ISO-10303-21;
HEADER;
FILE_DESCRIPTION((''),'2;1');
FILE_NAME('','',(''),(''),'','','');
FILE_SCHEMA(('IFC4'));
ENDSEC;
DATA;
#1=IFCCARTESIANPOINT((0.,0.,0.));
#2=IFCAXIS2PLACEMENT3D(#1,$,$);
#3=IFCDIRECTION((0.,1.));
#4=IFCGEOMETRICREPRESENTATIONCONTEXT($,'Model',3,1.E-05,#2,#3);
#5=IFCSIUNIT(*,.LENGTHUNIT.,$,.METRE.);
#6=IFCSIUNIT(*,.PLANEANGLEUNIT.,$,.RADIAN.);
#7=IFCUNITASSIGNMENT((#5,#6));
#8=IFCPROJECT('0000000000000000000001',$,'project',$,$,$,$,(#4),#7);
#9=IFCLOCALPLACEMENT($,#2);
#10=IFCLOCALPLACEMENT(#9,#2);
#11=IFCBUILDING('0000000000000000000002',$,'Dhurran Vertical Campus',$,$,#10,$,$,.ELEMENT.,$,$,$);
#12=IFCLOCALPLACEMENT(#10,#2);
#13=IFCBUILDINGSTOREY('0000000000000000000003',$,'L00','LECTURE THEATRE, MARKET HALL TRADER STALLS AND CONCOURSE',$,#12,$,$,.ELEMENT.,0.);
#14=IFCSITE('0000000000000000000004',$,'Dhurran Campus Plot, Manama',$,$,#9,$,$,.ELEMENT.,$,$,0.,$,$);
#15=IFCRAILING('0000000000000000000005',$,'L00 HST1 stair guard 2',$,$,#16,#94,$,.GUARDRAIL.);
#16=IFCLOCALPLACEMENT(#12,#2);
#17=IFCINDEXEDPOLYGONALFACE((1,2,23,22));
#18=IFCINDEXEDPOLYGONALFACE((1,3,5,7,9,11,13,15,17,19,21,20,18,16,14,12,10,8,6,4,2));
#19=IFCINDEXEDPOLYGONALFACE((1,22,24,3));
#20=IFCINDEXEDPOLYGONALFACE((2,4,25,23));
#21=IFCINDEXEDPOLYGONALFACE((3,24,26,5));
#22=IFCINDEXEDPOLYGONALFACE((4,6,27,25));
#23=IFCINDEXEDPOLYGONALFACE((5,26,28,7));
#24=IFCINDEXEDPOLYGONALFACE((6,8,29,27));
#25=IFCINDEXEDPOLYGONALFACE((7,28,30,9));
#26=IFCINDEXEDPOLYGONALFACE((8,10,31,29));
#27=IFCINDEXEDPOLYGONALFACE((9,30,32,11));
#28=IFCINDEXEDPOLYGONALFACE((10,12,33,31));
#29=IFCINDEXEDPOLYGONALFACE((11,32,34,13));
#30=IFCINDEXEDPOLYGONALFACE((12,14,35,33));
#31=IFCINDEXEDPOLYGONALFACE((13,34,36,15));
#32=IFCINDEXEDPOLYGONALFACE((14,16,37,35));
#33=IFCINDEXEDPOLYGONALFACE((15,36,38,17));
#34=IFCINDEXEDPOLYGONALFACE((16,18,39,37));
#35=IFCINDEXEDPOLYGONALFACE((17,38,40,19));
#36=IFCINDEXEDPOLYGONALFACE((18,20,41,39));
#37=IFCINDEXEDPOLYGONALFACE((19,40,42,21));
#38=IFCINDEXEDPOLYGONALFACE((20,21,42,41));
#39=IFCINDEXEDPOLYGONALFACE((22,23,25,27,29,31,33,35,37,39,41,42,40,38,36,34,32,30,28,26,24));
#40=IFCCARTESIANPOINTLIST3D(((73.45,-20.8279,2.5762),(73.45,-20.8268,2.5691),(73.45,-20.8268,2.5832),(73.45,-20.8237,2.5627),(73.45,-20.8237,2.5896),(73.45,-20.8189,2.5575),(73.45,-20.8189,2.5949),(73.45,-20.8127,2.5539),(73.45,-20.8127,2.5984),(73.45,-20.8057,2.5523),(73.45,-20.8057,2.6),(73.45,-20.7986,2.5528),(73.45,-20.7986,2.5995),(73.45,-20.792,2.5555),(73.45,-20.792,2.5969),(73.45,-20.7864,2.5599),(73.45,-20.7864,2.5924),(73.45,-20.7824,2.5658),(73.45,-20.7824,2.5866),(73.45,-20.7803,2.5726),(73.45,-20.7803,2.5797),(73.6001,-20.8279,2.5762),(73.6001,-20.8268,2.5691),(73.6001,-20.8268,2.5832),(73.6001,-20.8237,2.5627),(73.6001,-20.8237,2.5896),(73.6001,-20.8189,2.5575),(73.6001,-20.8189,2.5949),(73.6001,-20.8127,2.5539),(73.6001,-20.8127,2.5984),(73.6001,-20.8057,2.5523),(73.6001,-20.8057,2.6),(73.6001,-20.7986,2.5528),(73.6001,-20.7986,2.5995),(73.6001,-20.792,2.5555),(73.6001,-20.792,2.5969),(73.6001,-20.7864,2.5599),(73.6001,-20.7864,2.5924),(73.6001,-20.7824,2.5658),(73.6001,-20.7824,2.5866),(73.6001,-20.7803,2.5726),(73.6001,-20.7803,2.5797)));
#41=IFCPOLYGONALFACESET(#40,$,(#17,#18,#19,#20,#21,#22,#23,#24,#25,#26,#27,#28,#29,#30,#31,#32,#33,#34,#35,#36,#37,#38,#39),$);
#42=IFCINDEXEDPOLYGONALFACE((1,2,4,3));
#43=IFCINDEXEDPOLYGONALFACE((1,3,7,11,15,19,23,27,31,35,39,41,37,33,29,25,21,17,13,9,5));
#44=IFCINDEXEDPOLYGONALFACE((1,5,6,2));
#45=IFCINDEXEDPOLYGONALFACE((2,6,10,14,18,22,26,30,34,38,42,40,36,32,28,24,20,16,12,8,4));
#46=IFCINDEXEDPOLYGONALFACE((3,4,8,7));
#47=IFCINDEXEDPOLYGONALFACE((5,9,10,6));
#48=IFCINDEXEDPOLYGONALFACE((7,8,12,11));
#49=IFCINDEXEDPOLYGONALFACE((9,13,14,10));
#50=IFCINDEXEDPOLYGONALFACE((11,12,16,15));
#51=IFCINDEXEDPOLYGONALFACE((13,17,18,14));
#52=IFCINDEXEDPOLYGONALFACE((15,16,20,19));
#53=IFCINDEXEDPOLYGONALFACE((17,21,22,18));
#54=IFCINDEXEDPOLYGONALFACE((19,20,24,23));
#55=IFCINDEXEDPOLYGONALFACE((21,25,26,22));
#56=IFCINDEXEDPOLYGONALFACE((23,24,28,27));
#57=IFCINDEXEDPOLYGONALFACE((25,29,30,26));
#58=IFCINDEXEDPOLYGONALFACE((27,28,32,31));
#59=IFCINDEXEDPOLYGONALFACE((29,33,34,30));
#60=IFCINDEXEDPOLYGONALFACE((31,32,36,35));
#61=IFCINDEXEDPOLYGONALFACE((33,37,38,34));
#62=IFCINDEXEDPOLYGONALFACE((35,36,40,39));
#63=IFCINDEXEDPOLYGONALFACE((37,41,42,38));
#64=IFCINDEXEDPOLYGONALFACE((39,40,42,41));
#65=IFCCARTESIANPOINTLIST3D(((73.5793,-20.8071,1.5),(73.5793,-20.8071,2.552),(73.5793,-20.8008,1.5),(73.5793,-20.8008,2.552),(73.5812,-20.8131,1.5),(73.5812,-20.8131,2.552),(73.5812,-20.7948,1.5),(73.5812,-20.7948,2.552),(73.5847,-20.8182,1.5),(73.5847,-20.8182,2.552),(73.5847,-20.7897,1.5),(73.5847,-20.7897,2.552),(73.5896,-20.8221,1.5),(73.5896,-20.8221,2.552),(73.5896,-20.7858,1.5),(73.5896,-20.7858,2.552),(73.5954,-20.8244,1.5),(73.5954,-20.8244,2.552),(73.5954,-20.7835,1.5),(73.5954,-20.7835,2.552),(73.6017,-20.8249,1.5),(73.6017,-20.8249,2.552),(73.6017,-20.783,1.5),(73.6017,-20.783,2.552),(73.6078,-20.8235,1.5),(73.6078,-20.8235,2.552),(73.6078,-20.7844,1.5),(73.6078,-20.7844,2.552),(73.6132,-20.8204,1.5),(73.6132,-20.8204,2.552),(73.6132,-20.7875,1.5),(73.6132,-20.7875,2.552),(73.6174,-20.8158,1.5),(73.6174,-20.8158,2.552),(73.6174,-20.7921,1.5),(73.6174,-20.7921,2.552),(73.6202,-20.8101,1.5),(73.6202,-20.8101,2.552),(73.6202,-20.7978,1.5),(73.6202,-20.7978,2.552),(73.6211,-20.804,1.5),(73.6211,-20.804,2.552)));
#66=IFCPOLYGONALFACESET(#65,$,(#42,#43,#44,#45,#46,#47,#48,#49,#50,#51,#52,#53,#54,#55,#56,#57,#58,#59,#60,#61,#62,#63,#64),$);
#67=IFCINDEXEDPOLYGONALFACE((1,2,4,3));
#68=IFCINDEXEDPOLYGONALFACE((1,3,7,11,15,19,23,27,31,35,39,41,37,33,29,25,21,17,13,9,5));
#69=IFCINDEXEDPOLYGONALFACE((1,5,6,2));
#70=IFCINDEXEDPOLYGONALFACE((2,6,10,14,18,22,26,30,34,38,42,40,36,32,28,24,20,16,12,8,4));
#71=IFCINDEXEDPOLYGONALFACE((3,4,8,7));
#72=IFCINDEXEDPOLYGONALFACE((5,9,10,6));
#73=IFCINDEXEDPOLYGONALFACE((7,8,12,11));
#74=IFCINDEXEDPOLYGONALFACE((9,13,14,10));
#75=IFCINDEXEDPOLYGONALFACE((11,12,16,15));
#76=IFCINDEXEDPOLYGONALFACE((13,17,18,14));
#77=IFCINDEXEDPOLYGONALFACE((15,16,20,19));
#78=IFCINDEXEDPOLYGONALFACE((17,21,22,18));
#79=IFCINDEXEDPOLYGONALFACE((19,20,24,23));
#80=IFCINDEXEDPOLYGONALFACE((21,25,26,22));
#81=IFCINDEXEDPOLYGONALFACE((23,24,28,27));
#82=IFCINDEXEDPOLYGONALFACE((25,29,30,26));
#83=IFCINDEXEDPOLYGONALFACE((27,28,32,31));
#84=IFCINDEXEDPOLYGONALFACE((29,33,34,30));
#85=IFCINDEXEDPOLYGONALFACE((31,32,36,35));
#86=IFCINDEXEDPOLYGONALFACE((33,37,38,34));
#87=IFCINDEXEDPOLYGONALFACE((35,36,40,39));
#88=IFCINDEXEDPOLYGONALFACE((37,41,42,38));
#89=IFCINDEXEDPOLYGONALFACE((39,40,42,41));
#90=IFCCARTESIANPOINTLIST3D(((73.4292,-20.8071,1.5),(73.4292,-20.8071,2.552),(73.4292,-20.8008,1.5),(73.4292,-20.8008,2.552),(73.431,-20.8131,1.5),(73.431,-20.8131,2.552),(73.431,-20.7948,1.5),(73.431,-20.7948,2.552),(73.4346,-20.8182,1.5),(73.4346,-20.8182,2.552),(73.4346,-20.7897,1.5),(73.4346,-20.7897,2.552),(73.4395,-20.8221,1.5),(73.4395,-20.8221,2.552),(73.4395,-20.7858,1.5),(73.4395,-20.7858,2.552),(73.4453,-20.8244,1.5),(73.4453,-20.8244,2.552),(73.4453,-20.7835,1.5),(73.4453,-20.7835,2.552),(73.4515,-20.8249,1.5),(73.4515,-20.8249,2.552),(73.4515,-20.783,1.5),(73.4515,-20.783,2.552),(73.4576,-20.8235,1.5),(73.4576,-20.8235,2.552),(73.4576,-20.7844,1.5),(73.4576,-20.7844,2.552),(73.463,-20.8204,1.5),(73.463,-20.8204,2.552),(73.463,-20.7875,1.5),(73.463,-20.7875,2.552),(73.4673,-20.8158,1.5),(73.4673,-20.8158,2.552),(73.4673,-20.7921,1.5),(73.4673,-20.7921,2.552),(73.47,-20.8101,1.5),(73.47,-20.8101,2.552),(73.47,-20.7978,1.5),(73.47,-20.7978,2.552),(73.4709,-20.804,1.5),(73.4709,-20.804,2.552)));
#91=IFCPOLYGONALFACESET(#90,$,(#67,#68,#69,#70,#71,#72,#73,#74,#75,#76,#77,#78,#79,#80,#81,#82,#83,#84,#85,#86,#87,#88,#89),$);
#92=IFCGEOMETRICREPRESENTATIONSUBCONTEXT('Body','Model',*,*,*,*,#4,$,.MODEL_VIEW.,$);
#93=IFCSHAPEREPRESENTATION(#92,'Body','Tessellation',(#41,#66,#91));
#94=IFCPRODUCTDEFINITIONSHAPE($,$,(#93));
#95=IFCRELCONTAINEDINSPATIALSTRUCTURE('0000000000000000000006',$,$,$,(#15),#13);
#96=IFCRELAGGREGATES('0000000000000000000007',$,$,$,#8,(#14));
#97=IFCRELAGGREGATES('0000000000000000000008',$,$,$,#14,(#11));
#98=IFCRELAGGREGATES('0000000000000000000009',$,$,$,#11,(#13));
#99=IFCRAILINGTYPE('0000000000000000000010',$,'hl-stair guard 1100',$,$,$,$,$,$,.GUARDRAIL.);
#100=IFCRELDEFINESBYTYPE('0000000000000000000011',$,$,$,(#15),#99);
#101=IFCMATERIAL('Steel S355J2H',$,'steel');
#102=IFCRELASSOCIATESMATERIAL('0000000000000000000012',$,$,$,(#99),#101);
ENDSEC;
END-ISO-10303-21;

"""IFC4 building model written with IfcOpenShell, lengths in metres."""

from ifc_helpers import new_model, si_unit, direction, frame, origin, origin_2d, place, context, subcontext, project, spatial, circle, extrude, material, type_object, element, save


model = new_model("IFC4")

# Units and contexts
model_context = context("Model", 3, precision=1e-05, world=origin(), true_north=direction((0.0, 1.0)))
body_context = subcontext(model_context, "Body", "Model", "MODEL_VIEW")
ifc_project = project(units=[si_unit("LENGTHUNIT", "METRE"), si_unit("PLANEANGLEUNIT", "RADIAN")], contexts=[model_context])

# Site, building, storey
site_placement = place(None, origin())
site = spatial("IfcSite", under=ifc_project, at=site_placement, Name="Dhurran Campus Plot, Manama", CompositionType="ELEMENT", RefElevation=0.0)
building_placement = place(site_placement, origin())
building = spatial("IfcBuilding", under=site, at=building_placement, Name="Dhurran Vertical Campus", CompositionType="ELEMENT")
storey_placement = place(building_placement, origin())
storey = spatial("IfcBuildingStorey", under=building, at=storey_placement, Name="L00", Description="LECTURE THEATRE, MARKET HALL TRADER STALLS AND CONCOURSE", CompositionType="ELEMENT", Elevation=0.0)

# Railing
ifc_material_1 = material(Name="Steel S355J2H", Category="steel")
railing_type_1 = type_object("IfcRailingType", Name="hl-stair guard 1100", PredefinedType="GUARDRAIL", material=ifc_material_1)
railing_1_placement = place(storey_placement, frame((73.6001, -20.804, 1.5)))
element("IfcRailing", 1, at=railing_1_placement, inside=storey, type_object=railing_type_1, Name="L00 HST1 stair guard 2", PredefinedType="GUARDRAIL", context=body_context, shape_type="SweptSolid", body=[
    extrude(circle(Radius=0.0239, at=origin_2d()), frame((0.0, 0.0, 1.0762), z_axis=(-1.0, 0.0, 0.0), x_axis=(0.0, -1.0, 0.0)), (0.0, 0.0, 1.0), 0.1501),
    extrude(circle(Radius=0.021, at=origin_2d()), origin(), (0.0, 0.0, 1.0), 1.052),
    extrude(circle(Radius=0.021, at=origin_2d()), frame((-0.1501, 0.0, 0.0)), (0.0, 0.0, 1.0), 1.052),
])

save(model, "model.ifc")
